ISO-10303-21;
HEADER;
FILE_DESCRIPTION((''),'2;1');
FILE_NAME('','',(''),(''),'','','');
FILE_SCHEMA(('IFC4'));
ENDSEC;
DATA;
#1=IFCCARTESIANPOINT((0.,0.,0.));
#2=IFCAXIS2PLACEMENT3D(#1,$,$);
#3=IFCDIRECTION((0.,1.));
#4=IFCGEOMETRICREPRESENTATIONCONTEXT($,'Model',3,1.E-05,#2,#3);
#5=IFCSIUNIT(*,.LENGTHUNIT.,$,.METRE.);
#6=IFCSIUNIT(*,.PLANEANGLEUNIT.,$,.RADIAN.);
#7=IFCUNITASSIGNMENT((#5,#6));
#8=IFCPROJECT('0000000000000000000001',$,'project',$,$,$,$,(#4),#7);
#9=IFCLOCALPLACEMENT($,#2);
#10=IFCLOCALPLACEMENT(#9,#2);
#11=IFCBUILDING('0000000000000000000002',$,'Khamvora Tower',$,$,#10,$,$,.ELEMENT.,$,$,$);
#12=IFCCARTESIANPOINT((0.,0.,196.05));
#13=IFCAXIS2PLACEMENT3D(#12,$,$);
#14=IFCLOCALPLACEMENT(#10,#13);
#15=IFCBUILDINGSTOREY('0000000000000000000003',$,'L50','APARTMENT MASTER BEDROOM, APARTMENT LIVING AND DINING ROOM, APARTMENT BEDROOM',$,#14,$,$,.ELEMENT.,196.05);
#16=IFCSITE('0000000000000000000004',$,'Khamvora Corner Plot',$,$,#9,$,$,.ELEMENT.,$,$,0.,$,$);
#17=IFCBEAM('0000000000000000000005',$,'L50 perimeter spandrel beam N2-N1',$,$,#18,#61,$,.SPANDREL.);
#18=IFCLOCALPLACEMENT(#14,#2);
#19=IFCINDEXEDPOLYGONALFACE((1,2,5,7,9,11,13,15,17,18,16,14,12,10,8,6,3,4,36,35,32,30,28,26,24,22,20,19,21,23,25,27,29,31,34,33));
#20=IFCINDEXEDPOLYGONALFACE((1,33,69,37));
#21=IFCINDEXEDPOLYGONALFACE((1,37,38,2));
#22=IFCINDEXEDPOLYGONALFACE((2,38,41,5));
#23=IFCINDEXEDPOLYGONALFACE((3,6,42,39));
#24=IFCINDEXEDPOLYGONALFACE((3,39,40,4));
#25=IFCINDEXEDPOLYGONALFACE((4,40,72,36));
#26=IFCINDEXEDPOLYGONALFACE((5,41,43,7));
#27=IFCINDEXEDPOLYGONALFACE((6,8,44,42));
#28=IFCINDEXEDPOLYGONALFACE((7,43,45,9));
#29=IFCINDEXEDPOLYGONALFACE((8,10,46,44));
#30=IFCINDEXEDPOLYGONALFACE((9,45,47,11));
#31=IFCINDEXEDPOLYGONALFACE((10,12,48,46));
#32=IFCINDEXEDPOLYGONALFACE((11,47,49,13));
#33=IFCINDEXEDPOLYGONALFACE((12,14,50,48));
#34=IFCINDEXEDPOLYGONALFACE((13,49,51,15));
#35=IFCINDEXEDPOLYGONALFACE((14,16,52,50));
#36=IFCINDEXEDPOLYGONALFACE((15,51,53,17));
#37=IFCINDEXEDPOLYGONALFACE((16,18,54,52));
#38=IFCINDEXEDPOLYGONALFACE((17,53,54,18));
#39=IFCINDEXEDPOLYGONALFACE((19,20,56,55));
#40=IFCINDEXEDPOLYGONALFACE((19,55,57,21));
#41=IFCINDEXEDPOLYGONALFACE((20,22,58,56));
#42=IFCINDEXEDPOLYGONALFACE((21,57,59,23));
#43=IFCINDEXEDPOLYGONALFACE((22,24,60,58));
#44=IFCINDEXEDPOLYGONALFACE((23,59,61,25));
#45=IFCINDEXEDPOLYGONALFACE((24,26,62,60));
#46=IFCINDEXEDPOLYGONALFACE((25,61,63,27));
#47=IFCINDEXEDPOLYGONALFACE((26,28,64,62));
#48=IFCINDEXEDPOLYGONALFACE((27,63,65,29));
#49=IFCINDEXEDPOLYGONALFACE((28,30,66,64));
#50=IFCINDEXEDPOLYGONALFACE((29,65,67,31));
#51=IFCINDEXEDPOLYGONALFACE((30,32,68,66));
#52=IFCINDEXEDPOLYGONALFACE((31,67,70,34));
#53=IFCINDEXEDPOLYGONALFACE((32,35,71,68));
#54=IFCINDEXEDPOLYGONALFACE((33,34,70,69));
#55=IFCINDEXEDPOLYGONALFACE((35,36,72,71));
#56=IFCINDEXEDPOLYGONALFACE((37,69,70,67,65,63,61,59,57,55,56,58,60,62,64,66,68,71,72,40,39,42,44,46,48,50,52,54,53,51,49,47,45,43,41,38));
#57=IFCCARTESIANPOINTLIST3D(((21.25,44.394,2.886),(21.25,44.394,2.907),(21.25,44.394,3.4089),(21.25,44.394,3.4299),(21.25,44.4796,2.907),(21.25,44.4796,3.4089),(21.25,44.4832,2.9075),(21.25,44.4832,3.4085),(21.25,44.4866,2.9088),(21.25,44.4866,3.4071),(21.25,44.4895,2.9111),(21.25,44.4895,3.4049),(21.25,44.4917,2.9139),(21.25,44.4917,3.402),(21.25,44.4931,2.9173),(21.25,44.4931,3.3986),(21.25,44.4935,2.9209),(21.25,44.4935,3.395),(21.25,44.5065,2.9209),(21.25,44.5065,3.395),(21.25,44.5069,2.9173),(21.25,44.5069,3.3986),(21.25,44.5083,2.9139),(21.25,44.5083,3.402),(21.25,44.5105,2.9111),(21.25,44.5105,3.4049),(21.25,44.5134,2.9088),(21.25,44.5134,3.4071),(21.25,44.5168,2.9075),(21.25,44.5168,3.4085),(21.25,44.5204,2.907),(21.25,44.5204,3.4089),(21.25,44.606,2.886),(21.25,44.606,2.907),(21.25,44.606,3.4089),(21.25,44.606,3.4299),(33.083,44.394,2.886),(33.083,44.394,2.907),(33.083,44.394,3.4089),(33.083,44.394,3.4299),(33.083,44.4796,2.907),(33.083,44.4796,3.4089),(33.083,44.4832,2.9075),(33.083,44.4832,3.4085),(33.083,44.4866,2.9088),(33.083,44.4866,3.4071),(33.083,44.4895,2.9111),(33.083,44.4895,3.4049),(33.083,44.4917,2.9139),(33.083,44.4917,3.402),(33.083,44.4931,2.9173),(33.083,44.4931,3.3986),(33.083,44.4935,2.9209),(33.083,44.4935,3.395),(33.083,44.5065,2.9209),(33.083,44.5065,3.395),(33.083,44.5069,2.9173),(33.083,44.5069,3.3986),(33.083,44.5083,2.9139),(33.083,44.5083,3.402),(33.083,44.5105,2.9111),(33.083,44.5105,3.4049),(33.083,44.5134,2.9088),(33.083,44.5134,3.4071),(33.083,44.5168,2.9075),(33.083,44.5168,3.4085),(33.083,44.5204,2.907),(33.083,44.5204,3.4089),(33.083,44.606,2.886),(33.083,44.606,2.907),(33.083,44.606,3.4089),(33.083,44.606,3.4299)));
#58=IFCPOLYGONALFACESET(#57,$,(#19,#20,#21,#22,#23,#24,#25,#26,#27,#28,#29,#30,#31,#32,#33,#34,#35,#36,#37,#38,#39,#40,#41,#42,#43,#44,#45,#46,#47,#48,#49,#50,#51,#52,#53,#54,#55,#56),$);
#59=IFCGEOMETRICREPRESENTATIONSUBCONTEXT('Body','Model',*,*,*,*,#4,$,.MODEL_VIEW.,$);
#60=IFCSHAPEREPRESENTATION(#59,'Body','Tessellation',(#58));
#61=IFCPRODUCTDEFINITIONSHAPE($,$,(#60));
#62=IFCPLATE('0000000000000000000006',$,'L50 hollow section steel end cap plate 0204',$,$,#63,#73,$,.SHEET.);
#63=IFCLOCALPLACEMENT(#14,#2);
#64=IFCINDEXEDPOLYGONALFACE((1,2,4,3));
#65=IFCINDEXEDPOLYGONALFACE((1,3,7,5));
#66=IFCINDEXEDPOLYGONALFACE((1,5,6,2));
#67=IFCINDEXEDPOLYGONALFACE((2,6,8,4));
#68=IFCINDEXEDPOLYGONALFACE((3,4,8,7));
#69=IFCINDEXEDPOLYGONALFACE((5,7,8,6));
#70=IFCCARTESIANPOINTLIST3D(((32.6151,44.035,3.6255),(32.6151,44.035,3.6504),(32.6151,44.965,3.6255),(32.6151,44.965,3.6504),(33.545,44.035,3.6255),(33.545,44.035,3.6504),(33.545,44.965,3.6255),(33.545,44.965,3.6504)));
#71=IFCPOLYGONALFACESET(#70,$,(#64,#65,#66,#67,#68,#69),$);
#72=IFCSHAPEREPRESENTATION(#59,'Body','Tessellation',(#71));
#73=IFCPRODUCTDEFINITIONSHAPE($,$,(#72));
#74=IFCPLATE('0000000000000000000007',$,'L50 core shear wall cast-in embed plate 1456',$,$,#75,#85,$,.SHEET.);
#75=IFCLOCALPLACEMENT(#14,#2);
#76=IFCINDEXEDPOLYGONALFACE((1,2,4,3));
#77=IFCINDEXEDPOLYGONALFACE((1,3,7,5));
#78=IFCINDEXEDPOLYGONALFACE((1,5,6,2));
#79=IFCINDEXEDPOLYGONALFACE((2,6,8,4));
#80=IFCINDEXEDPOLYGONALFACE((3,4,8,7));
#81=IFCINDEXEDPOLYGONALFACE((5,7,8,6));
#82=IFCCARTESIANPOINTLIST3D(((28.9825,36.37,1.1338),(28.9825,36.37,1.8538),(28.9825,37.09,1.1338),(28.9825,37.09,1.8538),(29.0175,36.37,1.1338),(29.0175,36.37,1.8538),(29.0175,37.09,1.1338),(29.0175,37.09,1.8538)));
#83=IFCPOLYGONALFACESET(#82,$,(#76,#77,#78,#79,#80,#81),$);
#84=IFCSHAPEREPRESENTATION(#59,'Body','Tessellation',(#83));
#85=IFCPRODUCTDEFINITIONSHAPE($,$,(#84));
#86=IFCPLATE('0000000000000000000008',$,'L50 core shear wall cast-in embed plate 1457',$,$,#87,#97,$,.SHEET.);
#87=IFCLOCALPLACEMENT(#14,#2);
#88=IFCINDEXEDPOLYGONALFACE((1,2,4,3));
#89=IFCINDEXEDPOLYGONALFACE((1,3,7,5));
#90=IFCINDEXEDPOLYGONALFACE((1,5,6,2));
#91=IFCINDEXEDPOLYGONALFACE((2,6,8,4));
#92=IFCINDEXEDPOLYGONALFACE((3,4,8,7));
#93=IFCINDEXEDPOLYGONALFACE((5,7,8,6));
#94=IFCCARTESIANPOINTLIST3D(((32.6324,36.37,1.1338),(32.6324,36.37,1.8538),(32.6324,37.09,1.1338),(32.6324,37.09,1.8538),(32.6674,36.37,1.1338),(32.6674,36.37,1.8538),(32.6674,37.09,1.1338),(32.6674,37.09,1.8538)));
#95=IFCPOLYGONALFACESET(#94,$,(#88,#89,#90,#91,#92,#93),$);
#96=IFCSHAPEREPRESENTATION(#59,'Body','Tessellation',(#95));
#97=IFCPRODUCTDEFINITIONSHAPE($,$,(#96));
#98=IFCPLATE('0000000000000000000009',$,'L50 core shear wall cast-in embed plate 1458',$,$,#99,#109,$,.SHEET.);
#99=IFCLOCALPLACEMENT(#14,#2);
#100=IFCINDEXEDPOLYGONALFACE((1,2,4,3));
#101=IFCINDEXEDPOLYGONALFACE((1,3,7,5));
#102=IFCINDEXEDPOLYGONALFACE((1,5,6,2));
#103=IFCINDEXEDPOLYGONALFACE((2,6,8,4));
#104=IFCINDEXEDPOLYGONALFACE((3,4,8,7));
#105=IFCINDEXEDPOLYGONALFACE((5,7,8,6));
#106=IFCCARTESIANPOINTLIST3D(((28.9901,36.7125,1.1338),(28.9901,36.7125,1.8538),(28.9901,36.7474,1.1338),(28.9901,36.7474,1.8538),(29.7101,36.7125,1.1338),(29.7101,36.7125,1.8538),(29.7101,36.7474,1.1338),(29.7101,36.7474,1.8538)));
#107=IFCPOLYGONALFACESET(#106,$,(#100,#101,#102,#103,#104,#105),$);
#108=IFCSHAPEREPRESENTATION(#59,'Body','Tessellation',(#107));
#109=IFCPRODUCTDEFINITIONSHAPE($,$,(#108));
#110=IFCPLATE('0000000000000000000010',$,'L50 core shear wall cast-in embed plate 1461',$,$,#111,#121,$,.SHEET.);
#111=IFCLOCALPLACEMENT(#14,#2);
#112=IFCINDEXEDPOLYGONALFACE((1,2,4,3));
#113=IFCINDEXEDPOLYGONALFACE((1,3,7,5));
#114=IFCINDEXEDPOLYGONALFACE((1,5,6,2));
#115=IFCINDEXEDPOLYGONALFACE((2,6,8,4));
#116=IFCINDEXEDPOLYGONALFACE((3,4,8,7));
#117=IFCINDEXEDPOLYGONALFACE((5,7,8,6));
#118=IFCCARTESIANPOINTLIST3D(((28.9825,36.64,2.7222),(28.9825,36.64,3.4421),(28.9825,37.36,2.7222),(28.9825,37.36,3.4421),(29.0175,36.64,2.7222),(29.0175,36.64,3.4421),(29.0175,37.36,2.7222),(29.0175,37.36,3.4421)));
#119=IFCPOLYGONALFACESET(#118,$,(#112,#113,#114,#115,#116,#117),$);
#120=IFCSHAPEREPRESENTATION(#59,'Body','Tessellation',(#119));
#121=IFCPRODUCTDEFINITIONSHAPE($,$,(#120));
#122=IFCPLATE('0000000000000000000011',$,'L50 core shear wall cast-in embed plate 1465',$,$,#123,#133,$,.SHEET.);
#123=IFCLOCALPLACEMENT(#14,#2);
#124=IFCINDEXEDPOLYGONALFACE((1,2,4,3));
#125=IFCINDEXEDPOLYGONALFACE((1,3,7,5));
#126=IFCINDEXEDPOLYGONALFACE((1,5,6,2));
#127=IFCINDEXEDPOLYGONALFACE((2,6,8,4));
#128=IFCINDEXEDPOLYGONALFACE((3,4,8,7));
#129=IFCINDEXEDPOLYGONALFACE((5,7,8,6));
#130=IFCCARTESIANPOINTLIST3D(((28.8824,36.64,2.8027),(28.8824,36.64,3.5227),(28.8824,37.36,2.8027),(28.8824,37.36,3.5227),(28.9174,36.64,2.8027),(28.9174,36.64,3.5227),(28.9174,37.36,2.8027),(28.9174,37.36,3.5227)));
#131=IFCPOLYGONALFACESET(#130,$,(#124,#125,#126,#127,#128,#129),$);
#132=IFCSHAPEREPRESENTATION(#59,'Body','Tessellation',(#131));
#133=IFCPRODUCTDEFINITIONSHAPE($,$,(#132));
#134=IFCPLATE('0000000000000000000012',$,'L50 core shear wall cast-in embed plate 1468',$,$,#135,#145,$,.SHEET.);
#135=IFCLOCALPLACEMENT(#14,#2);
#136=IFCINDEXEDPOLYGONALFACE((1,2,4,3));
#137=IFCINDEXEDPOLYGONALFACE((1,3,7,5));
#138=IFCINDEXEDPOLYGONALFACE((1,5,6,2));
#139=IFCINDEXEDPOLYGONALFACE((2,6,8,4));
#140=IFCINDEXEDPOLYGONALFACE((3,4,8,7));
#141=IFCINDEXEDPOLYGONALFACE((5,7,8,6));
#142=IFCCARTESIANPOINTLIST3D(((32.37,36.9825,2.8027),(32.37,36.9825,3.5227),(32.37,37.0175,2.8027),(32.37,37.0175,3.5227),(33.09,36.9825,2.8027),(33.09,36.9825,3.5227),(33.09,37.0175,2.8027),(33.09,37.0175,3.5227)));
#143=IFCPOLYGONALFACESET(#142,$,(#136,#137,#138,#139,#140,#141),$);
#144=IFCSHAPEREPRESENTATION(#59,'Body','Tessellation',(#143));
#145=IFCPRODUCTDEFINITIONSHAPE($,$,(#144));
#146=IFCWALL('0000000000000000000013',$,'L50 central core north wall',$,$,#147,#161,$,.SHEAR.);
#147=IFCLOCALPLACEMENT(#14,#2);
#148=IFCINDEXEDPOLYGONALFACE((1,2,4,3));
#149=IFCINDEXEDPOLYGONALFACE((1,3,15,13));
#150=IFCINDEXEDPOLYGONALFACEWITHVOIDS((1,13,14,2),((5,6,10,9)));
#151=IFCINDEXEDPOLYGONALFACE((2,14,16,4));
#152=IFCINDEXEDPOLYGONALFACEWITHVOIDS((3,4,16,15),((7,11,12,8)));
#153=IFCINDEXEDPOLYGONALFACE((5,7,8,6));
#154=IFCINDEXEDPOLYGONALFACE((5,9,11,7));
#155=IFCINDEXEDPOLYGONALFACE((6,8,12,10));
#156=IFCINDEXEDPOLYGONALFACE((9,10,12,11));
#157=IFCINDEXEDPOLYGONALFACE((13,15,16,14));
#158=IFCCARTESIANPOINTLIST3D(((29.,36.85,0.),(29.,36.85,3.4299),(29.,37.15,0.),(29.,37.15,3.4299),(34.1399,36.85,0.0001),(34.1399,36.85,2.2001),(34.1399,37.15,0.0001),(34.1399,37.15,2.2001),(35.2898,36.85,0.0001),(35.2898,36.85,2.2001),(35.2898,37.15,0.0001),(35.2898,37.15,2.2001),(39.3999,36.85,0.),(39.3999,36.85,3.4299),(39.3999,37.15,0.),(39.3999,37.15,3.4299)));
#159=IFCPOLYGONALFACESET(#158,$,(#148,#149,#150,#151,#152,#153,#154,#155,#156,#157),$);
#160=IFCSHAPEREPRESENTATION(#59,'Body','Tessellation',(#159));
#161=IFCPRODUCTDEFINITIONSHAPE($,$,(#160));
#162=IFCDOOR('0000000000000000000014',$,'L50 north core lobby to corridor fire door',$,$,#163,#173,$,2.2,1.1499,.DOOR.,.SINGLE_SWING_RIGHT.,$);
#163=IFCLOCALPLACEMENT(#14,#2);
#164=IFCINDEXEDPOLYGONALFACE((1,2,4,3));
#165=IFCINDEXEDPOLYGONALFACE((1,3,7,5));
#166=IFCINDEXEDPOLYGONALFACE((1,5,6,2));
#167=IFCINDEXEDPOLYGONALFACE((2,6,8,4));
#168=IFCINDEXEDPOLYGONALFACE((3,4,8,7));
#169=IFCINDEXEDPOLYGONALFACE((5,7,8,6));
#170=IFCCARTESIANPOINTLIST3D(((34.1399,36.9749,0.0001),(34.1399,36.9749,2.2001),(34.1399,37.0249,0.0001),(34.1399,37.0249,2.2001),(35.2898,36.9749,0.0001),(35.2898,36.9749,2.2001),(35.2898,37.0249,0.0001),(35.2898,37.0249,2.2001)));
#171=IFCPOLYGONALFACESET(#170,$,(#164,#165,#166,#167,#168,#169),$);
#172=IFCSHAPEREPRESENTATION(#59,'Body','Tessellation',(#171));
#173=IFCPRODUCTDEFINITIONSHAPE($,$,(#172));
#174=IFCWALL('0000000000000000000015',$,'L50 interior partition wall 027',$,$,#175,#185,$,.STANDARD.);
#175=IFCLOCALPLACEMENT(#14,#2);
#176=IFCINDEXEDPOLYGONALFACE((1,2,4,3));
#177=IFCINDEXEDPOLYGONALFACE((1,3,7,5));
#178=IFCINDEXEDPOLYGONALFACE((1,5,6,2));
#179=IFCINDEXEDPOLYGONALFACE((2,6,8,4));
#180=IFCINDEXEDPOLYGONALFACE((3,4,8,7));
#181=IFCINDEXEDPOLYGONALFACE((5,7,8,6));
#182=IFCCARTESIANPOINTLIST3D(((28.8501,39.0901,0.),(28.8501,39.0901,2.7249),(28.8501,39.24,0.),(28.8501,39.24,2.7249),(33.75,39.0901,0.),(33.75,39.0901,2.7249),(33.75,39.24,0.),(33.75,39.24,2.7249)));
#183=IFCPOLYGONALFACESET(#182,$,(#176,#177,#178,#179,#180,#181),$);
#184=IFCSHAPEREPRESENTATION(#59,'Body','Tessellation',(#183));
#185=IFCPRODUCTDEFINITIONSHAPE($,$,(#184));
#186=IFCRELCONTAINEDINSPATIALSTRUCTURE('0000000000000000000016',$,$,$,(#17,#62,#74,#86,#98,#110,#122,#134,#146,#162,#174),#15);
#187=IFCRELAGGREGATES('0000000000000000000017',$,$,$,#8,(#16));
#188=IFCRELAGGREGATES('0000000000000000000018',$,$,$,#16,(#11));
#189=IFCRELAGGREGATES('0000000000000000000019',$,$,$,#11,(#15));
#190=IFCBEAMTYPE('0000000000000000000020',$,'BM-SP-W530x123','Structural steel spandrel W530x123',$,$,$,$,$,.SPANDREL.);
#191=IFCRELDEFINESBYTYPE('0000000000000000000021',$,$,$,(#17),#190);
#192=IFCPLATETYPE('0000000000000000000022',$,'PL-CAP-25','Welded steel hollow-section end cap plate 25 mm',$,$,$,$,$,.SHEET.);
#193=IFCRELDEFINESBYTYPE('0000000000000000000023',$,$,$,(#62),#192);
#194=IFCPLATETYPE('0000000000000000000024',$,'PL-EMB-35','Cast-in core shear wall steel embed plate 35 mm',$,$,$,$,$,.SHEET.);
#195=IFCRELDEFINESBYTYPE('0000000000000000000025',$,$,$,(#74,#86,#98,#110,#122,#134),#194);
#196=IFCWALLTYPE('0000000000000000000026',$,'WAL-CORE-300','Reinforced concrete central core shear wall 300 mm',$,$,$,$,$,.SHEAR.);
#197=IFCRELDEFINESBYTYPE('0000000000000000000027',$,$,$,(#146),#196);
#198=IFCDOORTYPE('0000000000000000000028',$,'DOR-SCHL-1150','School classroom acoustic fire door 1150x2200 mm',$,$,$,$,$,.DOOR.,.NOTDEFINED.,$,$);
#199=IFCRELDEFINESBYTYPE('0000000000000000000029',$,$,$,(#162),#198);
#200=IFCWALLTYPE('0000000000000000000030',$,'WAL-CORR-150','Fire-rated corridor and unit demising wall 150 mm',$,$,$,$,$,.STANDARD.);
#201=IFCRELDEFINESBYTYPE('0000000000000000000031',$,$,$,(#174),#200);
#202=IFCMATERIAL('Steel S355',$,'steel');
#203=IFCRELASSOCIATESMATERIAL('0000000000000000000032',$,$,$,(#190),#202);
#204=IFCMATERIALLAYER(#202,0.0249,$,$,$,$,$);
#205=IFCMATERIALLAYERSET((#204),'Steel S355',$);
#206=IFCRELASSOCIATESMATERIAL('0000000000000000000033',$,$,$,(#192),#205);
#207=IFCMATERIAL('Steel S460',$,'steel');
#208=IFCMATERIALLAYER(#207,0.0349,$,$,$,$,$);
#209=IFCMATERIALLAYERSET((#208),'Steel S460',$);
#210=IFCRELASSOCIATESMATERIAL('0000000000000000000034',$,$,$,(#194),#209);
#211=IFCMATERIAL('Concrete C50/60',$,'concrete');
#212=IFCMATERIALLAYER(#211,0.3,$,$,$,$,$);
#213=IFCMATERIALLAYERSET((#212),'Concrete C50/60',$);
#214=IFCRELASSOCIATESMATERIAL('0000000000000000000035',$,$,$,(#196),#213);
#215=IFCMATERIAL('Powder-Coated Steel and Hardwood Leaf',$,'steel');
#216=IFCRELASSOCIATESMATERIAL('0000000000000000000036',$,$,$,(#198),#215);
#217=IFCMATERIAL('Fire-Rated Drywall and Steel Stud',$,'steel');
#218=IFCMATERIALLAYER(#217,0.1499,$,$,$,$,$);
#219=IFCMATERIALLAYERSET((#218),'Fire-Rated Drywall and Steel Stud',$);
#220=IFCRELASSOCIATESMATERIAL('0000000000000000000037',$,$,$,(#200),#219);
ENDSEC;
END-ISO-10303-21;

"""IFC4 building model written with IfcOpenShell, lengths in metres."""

from ifc_helpers import new_model, si_unit, direction, frame, frame_2d, origin, origin_2d, place, context, subcontext, project, spatial, rectangle, i_section, extrude, material, layer, layer_set, material_profile, profile_set, type_object, element, fill, save


model = new_model("IFC4")

# Units and contexts
model_context = context("Model", 3, precision=1e-05, world=origin(), true_north=direction((0.0, 1.0)))
body_context = subcontext(model_context, "Body", "Model", "MODEL_VIEW")
ifc_project = project(units=[si_unit("LENGTHUNIT", "METRE"), si_unit("PLANEANGLEUNIT", "RADIAN")], contexts=[model_context])

# Site, building, storey
site_placement = place(None, origin())
site = spatial("IfcSite", under=ifc_project, at=site_placement, Name="Khamvora Corner Plot", CompositionType="ELEMENT", RefElevation=0.0)
building_placement = place(site_placement, origin())
building = spatial("IfcBuilding", under=site, at=building_placement, Name="Khamvora Tower", CompositionType="ELEMENT")
storey_placement = place(building_placement, frame((0.0, 0.0, 196.05)))
storey = spatial("IfcBuildingStorey", under=building, at=storey_placement, Name="L50", Description="APARTMENT MASTER BEDROOM, APARTMENT LIVING AND DINING ROOM, APARTMENT BEDROOM", CompositionType="ELEMENT", Elevation=196.05)

# Shared definitions
ifc_material_1 = material(Name="Steel S460", Category="steel")
ifc_material_2 = material(Name="Steel S355", Category="steel")

# Beam
ifc_material_profile_1 = material_profile(ifc_material_2, i_section(OverallWidth=0.2119, OverallDepth=0.5439, WebThickness=0.0129, FlangeThickness=0.021, FilletRadius=0.0139, at=origin_2d()), Name="W530x123")
ifc_profile_set_1 = profile_set([ifc_material_profile_1], Name="Steel S355")
beam_type_1 = type_object("IfcBeamType", Name="BM-SP-W530x123", Description="Structural steel spandrel W530x123", PredefinedType="SPANDREL", material=ifc_profile_set_1)
beam_1_placement = place(storey_placement, frame((33.083, 44.5, 3.158), z_axis=(-1.0, 0.0, 0.0), x_axis=(0.0, -1.0, 0.0)))
element("IfcBeam", 1, at=beam_1_placement, inside=storey, type_object=beam_type_1, Name="L50 perimeter spandrel beam N2-N1", PredefinedType="SPANDREL", context=body_context, shape_type="SweptSolid", body=[
    extrude(i_section(OverallWidth=0.2119, OverallDepth=0.5439, WebThickness=0.0129, FlangeThickness=0.021, FilletRadius=0.0139, at=origin_2d()), origin(), (0.0, 0.0, 1.0), 11.833),
])

# Plates
ifc_layer_1 = layer(ifc_material_2, 0.0249)
ifc_layer_set_1 = layer_set([ifc_layer_1], Name="Steel S355")
plate_type_1 = type_object("IfcPlateType", Name="PL-CAP-25", Description="Welded steel hollow-section end cap plate 25 mm", PredefinedType="SHEET", material=ifc_layer_set_1)
plate_1_placement = place(storey_placement, frame((33.0801, 44.5, 3.6255), z_axis=(0.0, 0.0, 1.0), x_axis=(1.0, 0.0, 0.0)))
element("IfcPlate", 2, at=plate_1_placement, inside=storey, type_object=plate_type_1, Name="L50 hollow section steel end cap plate 0204", PredefinedType="SHEET", context=body_context, shape_type="SweptSolid", body=[
    extrude(rectangle(XDim=0.9299, YDim=0.9299, at=origin_2d()), origin(), (0.0, 0.0, 1.0), 0.0249),
])
ifc_layer_2 = layer(ifc_material_1, 0.0349)
ifc_layer_set_2 = layer_set([ifc_layer_2], Name="Steel S460")
plate_type_2 = type_object("IfcPlateType", Name="PL-EMB-35", Description="Cast-in core shear wall steel embed plate 35 mm", PredefinedType="SHEET", material=ifc_layer_set_2)
for number, where, z_axis, x_axis, name in (
    (3, (29.0, 36.73, 1.1338), (0.0, 0.0, 1.0), (1.0, 0.0, 0.0), "L50 core shear wall cast-in embed plate 1456"),
    (4, (32.6499, 36.73, 1.1338), (0.0, 0.0, 1.0), (1.0, 0.0, 0.0), "L50 core shear wall cast-in embed plate 1457"),
):
    element("IfcPlate", number, at=place(storey_placement, frame(where, z_axis=z_axis, x_axis=x_axis)), inside=storey, type_object=plate_type_2, Name=name, PredefinedType="SHEET", context=body_context, shape_type="SweptSolid", body=[
        extrude(rectangle(XDim=0.0349, YDim=0.72, at=origin_2d()), origin(), (0.0, 0.0, 1.0), 0.72),
    ])
plate_2_placement = place(storey_placement, frame((29.3501, 36.73, 1.1338), z_axis=(0.0, 0.0, 1.0), x_axis=(1.0, 0.0, 0.0)))
element("IfcPlate", 5, at=plate_2_placement, inside=storey, type_object=plate_type_2, Name="L50 core shear wall cast-in embed plate 1458", PredefinedType="SHEET", context=body_context, shape_type="SweptSolid", body=[
    extrude(rectangle(XDim=0.72, YDim=0.0349, at=origin_2d()), origin(), (0.0, 0.0, 1.0), 0.72),
])
for number, where, z_axis, x_axis, name in (
    (6, (29.0, 37.0, 2.7222), (0.0, 0.0, 1.0), (1.0, 0.0, 0.0), "L50 core shear wall cast-in embed plate 1461"),
    (7, (28.8999, 37.0, 2.8027), (0.0, 0.0, 1.0), (1.0, 0.0, 0.0), "L50 core shear wall cast-in embed plate 1465"),
):
    element("IfcPlate", number, at=place(storey_placement, frame(where, z_axis=z_axis, x_axis=x_axis)), inside=storey, type_object=plate_type_2, Name=name, PredefinedType="SHEET", context=body_context, shape_type="SweptSolid", body=[
        extrude(rectangle(XDim=0.0349, YDim=0.72, at=origin_2d()), origin(), (0.0, 0.0, 1.0), 0.72),
    ])
plate_3_placement = place(storey_placement, frame((32.73, 37.0, 2.8027), z_axis=(0.0, 0.0, 1.0), x_axis=(1.0, 0.0, 0.0)))
element("IfcPlate", 8, at=plate_3_placement, inside=storey, type_object=plate_type_2, Name="L50 core shear wall cast-in embed plate 1468", PredefinedType="SHEET", context=body_context, shape_type="SweptSolid", body=[
    extrude(rectangle(XDim=0.72, YDim=0.0349, at=origin_2d()), origin(), (0.0, 0.0, 1.0), 0.72),
])

# Wall, opening, door
ifc_material_3 = material(Name="Concrete C50/60", Category="concrete")
ifc_layer_3 = layer(ifc_material_3, 0.3)
ifc_layer_set_3 = layer_set([ifc_layer_3], Name="Concrete C50/60")
wall_type_1 = type_object("IfcWallType", Name="WAL-CORE-300", Description="Reinforced concrete central core shear wall 300 mm", PredefinedType="SHEAR", material=ifc_layer_set_3)
wall_1_placement = place(storey_placement, frame((29.0, 37.0, 0.0), z_axis=(0.0, 0.0, 1.0), x_axis=(1.0, 0.0, 0.0)))
wall_1 = element("IfcWall", 9, at=wall_1_placement, inside=storey, type_object=wall_type_1, Name="L50 central core north wall", PredefinedType="SHEAR", context=body_context, shape_type="SweptSolid", body=[
    extrude(rectangle(XDim=10.3999, YDim=0.3, at=frame_2d((5.2, 0.0))), origin(), (0.0, 0.0, 1.0), 3.4299),
])
opening_1_placement = place(wall_1_placement, frame((5.1399, 0.0, 0.0)))
opening_1 = element("IfcOpeningElement", 10, at=opening_1_placement, cuts=wall_1, PredefinedType="OPENING", context=body_context, shape_type="SweptSolid", body=[
    extrude(rectangle(XDim=1.1499, YDim=2.2, at=frame_2d((0.575, 1.1001))), frame((0.0, 0.1599, 0.0), z_axis=(0.0, -1.0, 0.0), x_axis=(1.0, 0.0, 0.0)), (0.0, 0.0, 1.0), 0.3201),
])
ifc_material_4 = material(Name="Powder-Coated Steel and Hardwood Leaf", Category="steel")
door_type_1 = type_object("IfcDoorType", Name="DOR-SCHL-1150", Description="School classroom acoustic fire door 1150x2200 mm", OperationType="NOTDEFINED", PredefinedType="DOOR", material=ifc_material_4)
door_1_placement = place(opening_1_placement, origin())
door_1 = element("IfcDoor", 11, at=door_1_placement, inside=storey, type_object=door_type_1, Name="L50 north core lobby to corridor fire door", OperationType="SINGLE_SWING_RIGHT", OverallHeight=2.2, OverallWidth=1.1499, PredefinedType="DOOR", context=body_context, shape_type="SweptSolid", body=[
    extrude(rectangle(XDim=1.1499, YDim=2.2, at=frame_2d((0.575, 1.1001))), frame((0.0, 0.0249, 0.0), z_axis=(0.0, -1.0, 0.0), x_axis=(1.0, 0.0, 0.0)), (0.0, 0.0, 1.0), 0.05),
])
fill(opening_1, door_1)
ifc_material_5 = material(Name="Fire-Rated Drywall and Steel Stud", Category="steel")
ifc_layer_4 = layer(ifc_material_5, 0.1499)
ifc_layer_set_4 = layer_set([ifc_layer_4], Name="Fire-Rated Drywall and Steel Stud")
wall_type_2 = type_object("IfcWallType", Name="WAL-CORR-150", Description="Fire-rated corridor and unit demising wall 150 mm", PredefinedType="STANDARD", material=ifc_layer_set_4)

# Wall
wall_2_placement = place(storey_placement, frame((28.8501, 39.165, 0.0), z_axis=(0.0, 0.0, 1.0), x_axis=(1.0, 0.0, 0.0)))
element("IfcWall", 12, at=wall_2_placement, inside=storey, type_object=wall_type_2, Name="L50 interior partition wall 027", PredefinedType="STANDARD", context=body_context, shape_type="SweptSolid", body=[
    extrude(rectangle(XDim=4.8999, YDim=0.1499, at=frame_2d((2.45, 0.0))), origin(), (0.0, 0.0, 1.0), 2.7249),
])

save(model, "model.ifc")
